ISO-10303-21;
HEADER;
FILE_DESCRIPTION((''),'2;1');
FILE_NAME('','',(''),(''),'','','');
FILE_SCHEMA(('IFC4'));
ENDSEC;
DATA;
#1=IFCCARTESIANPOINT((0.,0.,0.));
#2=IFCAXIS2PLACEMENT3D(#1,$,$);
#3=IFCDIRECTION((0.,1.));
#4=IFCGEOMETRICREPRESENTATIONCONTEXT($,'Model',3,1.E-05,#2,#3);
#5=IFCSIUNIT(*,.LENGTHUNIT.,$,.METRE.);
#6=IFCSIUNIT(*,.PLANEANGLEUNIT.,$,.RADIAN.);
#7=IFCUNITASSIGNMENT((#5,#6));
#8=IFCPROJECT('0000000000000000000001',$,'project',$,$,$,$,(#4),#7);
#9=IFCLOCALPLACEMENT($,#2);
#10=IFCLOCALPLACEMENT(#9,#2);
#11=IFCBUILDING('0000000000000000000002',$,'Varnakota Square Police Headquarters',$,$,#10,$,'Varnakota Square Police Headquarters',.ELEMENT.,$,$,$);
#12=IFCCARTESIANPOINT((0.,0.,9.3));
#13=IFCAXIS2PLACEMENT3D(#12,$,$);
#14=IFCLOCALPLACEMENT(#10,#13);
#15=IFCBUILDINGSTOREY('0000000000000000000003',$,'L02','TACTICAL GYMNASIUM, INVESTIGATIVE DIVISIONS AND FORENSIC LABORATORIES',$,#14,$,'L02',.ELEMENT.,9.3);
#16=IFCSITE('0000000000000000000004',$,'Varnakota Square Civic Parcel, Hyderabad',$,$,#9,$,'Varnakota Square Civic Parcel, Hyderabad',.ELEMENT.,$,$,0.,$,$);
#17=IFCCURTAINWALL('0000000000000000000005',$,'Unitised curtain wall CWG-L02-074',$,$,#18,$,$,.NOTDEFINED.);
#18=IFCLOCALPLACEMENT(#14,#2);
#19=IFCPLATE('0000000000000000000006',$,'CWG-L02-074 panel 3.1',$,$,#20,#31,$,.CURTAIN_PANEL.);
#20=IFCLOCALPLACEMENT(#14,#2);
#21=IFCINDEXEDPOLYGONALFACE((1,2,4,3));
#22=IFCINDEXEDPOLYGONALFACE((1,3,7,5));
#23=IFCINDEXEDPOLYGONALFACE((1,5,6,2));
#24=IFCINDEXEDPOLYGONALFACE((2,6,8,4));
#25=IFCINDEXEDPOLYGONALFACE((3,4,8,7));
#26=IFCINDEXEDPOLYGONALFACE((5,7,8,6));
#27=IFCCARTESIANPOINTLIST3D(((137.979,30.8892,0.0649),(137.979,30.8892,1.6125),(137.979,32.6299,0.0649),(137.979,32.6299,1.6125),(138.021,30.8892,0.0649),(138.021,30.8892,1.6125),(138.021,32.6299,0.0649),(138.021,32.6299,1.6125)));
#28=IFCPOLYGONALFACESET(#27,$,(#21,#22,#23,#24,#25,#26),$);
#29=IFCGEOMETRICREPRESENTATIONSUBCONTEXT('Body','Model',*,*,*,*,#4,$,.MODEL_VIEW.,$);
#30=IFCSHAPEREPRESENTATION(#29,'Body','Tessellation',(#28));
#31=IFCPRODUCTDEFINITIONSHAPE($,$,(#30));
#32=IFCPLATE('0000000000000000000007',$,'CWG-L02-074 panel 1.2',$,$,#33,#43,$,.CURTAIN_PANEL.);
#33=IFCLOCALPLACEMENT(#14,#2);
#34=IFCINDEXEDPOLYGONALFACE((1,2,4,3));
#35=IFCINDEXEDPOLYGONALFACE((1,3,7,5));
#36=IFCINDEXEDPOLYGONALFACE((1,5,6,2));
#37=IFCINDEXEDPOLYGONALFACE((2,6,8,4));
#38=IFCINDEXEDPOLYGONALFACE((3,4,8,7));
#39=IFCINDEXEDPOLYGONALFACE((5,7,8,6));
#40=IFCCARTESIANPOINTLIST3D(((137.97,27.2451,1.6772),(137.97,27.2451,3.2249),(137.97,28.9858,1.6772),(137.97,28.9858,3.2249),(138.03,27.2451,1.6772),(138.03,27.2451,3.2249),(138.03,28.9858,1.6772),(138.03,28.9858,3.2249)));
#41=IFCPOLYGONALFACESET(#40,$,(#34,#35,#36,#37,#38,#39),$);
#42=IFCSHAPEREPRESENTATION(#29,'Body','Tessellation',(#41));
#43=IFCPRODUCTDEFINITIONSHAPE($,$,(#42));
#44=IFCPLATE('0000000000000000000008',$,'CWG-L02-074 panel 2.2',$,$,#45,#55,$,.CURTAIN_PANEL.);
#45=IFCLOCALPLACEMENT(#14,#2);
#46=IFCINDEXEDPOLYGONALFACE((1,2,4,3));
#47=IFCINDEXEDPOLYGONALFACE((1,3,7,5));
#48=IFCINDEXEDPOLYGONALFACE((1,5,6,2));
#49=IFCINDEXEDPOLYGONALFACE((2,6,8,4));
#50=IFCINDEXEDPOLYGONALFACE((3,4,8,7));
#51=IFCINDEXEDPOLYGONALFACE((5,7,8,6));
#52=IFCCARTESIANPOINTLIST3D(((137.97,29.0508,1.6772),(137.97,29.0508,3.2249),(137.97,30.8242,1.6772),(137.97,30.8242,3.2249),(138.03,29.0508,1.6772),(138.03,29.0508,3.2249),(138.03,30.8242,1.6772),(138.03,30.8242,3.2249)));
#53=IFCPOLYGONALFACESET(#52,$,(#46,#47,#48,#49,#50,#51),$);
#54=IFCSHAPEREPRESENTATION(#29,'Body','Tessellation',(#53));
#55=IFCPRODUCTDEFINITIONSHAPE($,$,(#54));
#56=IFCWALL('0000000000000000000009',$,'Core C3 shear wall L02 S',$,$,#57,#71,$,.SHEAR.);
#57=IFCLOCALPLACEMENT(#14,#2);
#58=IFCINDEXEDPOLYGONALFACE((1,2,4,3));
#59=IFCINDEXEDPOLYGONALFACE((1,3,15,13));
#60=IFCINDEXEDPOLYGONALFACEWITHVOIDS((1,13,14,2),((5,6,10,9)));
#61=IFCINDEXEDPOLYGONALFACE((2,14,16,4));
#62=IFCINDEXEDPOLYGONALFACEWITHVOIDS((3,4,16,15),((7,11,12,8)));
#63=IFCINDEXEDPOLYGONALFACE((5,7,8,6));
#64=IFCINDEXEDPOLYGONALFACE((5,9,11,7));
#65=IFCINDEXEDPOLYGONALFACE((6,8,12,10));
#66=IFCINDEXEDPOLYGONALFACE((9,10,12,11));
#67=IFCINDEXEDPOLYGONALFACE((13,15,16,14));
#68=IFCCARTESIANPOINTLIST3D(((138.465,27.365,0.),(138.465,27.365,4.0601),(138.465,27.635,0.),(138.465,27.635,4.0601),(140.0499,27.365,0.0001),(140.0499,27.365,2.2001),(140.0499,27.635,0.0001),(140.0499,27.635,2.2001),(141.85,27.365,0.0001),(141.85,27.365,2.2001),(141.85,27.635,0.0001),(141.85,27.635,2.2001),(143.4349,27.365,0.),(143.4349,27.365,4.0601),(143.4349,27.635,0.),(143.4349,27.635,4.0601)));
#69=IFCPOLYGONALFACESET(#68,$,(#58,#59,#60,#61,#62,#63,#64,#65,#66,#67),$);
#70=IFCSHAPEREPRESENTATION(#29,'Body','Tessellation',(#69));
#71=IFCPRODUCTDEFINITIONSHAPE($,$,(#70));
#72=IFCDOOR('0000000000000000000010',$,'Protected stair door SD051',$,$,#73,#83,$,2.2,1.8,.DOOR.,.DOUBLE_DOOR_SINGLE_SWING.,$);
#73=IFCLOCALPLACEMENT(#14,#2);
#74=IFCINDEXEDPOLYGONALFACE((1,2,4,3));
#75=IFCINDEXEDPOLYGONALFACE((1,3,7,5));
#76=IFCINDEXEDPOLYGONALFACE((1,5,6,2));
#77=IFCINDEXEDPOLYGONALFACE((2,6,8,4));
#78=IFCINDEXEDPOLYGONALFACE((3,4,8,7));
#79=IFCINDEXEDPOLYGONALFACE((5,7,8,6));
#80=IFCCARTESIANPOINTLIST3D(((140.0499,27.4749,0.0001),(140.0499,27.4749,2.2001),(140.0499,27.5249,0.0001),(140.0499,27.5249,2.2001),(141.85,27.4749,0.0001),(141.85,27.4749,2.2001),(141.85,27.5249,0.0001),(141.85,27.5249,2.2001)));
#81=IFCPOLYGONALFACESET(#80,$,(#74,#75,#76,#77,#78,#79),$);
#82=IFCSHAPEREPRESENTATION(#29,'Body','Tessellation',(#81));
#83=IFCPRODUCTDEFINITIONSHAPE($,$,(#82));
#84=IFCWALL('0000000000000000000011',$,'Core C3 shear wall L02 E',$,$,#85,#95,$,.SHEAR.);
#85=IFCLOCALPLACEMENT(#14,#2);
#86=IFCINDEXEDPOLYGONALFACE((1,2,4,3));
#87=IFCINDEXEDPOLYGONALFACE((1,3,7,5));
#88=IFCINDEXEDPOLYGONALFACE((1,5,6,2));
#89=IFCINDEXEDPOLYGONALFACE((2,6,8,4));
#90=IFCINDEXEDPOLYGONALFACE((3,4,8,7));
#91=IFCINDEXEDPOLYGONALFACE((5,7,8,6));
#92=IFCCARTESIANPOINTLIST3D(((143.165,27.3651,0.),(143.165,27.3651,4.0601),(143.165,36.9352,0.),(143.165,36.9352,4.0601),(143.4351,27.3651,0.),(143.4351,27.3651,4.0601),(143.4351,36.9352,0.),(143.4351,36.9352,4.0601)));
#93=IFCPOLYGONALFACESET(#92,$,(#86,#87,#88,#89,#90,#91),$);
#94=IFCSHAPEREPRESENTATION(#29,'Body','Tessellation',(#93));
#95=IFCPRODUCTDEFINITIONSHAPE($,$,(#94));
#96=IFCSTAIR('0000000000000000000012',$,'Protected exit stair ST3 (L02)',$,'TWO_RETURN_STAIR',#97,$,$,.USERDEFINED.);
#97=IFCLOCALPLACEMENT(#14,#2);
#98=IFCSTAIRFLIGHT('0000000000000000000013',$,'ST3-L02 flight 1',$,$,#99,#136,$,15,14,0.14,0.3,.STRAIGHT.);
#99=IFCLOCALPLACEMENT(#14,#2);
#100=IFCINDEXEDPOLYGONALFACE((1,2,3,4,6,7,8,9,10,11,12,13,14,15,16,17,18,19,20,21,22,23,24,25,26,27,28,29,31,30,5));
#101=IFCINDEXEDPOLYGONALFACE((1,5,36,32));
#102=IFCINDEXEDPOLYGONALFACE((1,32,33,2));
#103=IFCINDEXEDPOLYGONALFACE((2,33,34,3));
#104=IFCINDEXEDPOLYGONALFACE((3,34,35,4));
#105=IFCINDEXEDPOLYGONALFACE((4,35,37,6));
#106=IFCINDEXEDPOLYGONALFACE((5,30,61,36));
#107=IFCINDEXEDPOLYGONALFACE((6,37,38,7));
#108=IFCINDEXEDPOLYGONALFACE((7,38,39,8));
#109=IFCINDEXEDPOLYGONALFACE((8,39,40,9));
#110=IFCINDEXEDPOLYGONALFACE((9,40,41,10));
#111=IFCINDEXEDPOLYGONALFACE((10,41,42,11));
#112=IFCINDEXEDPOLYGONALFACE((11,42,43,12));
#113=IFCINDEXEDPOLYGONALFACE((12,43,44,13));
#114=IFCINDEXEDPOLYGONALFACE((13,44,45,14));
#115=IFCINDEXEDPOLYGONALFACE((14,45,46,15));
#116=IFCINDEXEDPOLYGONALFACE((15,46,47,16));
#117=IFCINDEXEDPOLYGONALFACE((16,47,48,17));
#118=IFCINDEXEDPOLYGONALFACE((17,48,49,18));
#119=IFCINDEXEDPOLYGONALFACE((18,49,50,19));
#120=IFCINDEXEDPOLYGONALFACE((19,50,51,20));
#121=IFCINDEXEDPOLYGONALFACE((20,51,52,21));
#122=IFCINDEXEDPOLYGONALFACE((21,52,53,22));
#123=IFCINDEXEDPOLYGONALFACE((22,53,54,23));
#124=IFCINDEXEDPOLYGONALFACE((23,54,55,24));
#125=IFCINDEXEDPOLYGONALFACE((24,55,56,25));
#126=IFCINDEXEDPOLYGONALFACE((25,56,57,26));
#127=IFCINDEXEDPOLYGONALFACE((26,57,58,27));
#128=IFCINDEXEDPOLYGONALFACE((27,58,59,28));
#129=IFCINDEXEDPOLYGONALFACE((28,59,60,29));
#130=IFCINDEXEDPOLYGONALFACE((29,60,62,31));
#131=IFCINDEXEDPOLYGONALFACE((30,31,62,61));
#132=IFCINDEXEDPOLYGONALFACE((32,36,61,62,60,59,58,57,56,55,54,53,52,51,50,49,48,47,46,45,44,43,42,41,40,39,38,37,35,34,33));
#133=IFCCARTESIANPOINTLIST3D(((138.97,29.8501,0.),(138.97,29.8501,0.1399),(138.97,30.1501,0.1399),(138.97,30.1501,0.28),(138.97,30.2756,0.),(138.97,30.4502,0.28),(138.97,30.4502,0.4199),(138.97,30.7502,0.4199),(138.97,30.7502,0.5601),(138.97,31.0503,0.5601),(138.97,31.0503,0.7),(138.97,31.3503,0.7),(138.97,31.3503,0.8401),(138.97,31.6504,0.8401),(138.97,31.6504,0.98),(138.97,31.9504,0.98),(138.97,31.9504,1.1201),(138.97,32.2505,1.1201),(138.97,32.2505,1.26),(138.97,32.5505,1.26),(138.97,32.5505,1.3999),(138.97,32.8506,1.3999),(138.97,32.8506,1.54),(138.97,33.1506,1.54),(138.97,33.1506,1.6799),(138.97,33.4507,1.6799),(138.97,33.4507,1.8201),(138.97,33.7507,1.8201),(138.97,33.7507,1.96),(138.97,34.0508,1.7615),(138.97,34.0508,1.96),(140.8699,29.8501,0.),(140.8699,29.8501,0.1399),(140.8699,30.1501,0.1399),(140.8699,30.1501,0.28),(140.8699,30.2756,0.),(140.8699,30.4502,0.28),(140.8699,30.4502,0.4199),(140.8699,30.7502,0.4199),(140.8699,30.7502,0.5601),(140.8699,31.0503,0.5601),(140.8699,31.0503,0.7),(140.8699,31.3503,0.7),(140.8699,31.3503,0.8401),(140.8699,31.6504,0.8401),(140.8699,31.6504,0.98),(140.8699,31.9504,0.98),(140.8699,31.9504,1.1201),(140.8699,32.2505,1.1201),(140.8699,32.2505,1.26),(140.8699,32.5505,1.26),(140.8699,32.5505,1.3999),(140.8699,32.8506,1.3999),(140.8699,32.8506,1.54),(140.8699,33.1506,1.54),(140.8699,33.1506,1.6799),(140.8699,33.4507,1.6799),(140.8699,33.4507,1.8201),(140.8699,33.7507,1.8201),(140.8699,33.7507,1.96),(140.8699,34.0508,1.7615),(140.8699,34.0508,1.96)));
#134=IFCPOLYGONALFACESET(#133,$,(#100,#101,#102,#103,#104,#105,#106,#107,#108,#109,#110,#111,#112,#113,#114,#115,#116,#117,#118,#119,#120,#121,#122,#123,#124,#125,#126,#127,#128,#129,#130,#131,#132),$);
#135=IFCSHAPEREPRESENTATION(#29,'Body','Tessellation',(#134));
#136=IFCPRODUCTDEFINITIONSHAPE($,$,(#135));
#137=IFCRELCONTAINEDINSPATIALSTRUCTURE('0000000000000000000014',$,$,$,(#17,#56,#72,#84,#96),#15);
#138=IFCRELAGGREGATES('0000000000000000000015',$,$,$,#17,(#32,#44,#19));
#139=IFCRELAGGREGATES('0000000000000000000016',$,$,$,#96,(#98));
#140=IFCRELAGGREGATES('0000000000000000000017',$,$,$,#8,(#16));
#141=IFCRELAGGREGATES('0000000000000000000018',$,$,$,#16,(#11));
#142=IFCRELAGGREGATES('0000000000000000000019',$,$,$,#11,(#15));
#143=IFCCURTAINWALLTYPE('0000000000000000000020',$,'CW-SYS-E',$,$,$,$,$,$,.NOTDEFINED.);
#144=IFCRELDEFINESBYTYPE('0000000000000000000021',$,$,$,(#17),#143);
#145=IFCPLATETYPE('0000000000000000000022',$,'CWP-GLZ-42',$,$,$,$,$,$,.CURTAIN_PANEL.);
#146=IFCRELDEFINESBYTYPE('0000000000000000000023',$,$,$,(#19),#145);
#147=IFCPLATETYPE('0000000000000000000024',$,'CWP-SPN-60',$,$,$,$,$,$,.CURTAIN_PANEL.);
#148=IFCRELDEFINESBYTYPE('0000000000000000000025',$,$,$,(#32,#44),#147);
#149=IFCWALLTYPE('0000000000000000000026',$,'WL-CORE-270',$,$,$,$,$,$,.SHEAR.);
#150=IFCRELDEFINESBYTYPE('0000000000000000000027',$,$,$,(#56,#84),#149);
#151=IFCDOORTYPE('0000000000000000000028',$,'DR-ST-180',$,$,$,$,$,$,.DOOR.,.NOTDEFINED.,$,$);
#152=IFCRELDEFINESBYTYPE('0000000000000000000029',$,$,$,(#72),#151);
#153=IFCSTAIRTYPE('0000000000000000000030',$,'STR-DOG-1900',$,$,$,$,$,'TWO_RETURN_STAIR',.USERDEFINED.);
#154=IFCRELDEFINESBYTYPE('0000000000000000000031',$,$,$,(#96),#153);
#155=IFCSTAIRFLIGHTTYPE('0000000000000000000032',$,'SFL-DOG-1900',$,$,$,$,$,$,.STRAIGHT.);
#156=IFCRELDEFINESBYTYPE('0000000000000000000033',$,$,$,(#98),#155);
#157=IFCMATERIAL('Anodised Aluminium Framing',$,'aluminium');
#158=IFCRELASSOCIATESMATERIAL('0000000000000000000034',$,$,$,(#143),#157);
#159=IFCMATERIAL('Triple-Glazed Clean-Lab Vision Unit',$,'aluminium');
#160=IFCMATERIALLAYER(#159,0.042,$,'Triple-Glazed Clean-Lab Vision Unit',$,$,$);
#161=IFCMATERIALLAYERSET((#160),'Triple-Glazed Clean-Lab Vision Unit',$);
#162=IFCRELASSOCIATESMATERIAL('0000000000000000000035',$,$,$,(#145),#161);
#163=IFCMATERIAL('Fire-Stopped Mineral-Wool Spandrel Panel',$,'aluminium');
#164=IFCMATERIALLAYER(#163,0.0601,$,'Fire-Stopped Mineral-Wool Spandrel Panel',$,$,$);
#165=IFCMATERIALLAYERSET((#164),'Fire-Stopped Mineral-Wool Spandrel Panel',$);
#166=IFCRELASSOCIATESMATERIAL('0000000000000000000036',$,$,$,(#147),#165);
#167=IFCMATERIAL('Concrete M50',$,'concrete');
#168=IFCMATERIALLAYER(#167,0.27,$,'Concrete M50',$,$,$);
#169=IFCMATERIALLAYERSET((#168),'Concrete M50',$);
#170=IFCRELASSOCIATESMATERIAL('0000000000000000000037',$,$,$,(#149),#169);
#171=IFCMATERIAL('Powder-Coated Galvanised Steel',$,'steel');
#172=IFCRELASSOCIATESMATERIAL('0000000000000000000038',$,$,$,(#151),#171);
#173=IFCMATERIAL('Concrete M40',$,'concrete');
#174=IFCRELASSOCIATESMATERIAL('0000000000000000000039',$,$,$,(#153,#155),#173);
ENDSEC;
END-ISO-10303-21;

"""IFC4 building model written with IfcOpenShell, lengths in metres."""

from ifc_helpers import new_model, si_unit, direction, frame, frame_2d, origin, origin_2d, place, context, subcontext, project, spatial, polyline, rectangle, outline, extrude, material, layer, layer_set, type_object, element, fill, aggregate, save


model = new_model("IFC4")

# Units and contexts
model_context = context("Model", 3, precision=1e-05, world=origin(), true_north=direction((0.0, 1.0)))
body_context = subcontext(model_context, "Body", "Model", "MODEL_VIEW")
ifc_project = project(units=[si_unit("LENGTHUNIT", "METRE"), si_unit("PLANEANGLEUNIT", "RADIAN")], contexts=[model_context])

# Site, building, storey
site_placement = place(None, origin())
site = spatial("IfcSite", under=ifc_project, at=site_placement, Name="Varnakota Square Civic Parcel, Hyderabad", LongName="Varnakota Square Civic Parcel, Hyderabad", CompositionType="ELEMENT", RefElevation=0.0)
building_placement = place(site_placement, origin())
building = spatial("IfcBuilding", under=site, at=building_placement, Name="Varnakota Square Police Headquarters", LongName="Varnakota Square Police Headquarters", CompositionType="ELEMENT")
storey_placement = place(building_placement, frame((0.0, 0.0, 9.3)))
storey = spatial("IfcBuildingStorey", under=building, at=storey_placement, Name="L02", Description="TACTICAL GYMNASIUM, INVESTIGATIVE DIVISIONS AND FORENSIC LABORATORIES", LongName="L02", CompositionType="ELEMENT", Elevation=9.3)

# Curtain wall, plates
ifc_material_1 = material(Name="Anodised Aluminium Framing", Category="aluminium")
curtain_wall_type = type_object("IfcCurtainWallType", Name="CW-SYS-E", PredefinedType="NOTDEFINED", material=ifc_material_1)
curtain_wall_placement = place(storey_placement, origin())
curtain_wall = element("IfcCurtainWall", 1, at=curtain_wall_placement, inside=storey, type_object=curtain_wall_type, Name="Unitised curtain wall CWG-L02-074", PredefinedType="NOTDEFINED")
ifc_material_2 = material(Name="Triple-Glazed Clean-Lab Vision Unit", Category="aluminium")
ifc_layer_1 = layer(ifc_material_2, 0.042, Name="Triple-Glazed Clean-Lab Vision Unit")
ifc_layer_set_1 = layer_set([ifc_layer_1], Name="Triple-Glazed Clean-Lab Vision Unit")
plate_type_1 = type_object("IfcPlateType", Name="CWP-GLZ-42", PredefinedType="CURTAIN_PANEL", material=ifc_layer_set_1)
plate_1_placement = place(storey_placement, frame((138.0, 31.7595, 0.0649), z_axis=(0.0, 0.0, 1.0), x_axis=(0.0, 1.0, 0.0)))
plate_1 = element("IfcPlate", 2, at=plate_1_placement, type_object=plate_type_1, Name="CWG-L02-074 panel 3.1", PredefinedType="CURTAIN_PANEL", context=body_context, shape_type="SweptSolid", body=[
    extrude(rectangle(XDim=1.7407, YDim=0.042, at=origin_2d()), origin(), (0.0, 0.0, 1.0), 1.5476),
])
ifc_material_3 = material(Name="Fire-Stopped Mineral-Wool Spandrel Panel", Category="aluminium")
ifc_layer_2 = layer(ifc_material_3, 0.0601, Name="Fire-Stopped Mineral-Wool Spandrel Panel")
ifc_layer_set_2 = layer_set([ifc_layer_2], Name="Fire-Stopped Mineral-Wool Spandrel Panel")
plate_type_2 = type_object("IfcPlateType", Name="CWP-SPN-60", PredefinedType="CURTAIN_PANEL", material=ifc_layer_set_2)
plate_2_placement = place(storey_placement, frame((138.0, 28.1155, 1.6772), z_axis=(0.0, 0.0, 1.0), x_axis=(0.0, 1.0, 0.0)))
plate_2 = element("IfcPlate", 3, at=plate_2_placement, type_object=plate_type_2, Name="CWG-L02-074 panel 1.2", PredefinedType="CURTAIN_PANEL", context=body_context, shape_type="SweptSolid", body=[
    extrude(rectangle(XDim=1.7407, YDim=0.0601, at=origin_2d()), origin(), (0.0, 0.0, 1.0), 1.5476),
])
plate_3_placement = place(storey_placement, frame((138.0, 29.9375, 1.6772), z_axis=(0.0, 0.0, 1.0), x_axis=(0.0, 1.0, 0.0)))
plate_3 = element("IfcPlate", 4, at=plate_3_placement, type_object=plate_type_2, Name="CWG-L02-074 panel 2.2", PredefinedType="CURTAIN_PANEL", context=body_context, shape_type="SweptSolid", body=[
    extrude(rectangle(XDim=1.7734, YDim=0.0601, at=origin_2d()), origin(), (0.0, 0.0, 1.0), 1.5476),
])
aggregate(curtain_wall, [plate_2, plate_3, plate_1])

# Wall, opening, door
ifc_material_4 = material(Name="Concrete M50", Category="concrete")
ifc_layer_3 = layer(ifc_material_4, 0.27, Name="Concrete M50")
ifc_layer_set_3 = layer_set([ifc_layer_3], Name="Concrete M50")
wall_type = type_object("IfcWallType", Name="WL-CORE-270", PredefinedType="SHEAR", material=ifc_layer_set_3)
wall_1_placement = place(storey_placement, frame((138.4651, 27.5, 0.0), z_axis=(0.0, 0.0, 1.0), x_axis=(1.0, 0.0, 0.0)))
wall_1 = element("IfcWall", 5, at=wall_1_placement, inside=storey, type_object=wall_type, Name="Core C3 shear wall L02 S", PredefinedType="SHEAR", context=body_context, shape_type="SweptSolid", body=[
    extrude(rectangle(XDim=4.97, YDim=0.27, at=frame_2d((2.4849, 0.0))), origin(), (0.0, 0.0, 1.0), 4.0601),
])
opening_placement = place(wall_1_placement, frame((1.585, 0.0, 0.0)))
opening = element("IfcOpeningElement", 6, at=opening_placement, cuts=wall_1, PredefinedType="OPENING", context=body_context, shape_type="SweptSolid", body=[
    extrude(rectangle(XDim=1.8, YDim=2.2, at=frame_2d((0.8999, 1.1001))), frame((0.0, 0.145, 0.0), z_axis=(0.0, -1.0, 0.0), x_axis=(1.0, 0.0, 0.0)), (0.0, 0.0, 1.0), 0.29),
])
ifc_material_5 = material(Name="Powder-Coated Galvanised Steel", Category="steel")
door_type = type_object("IfcDoorType", Name="DR-ST-180", OperationType="NOTDEFINED", PredefinedType="DOOR", material=ifc_material_5)
door_placement = place(opening_placement, origin())
door = element("IfcDoor", 7, at=door_placement, inside=storey, type_object=door_type, Name="Protected stair door SD051", OperationType="DOUBLE_DOOR_SINGLE_SWING", OverallHeight=2.2, OverallWidth=1.8, PredefinedType="DOOR", context=body_context, shape_type="SweptSolid", body=[
    extrude(rectangle(XDim=1.8, YDim=2.2, at=frame_2d((0.8999, 1.1001))), frame((0.0, 0.0249, 0.0), z_axis=(0.0, -1.0, 0.0), x_axis=(1.0, 0.0, 0.0)), (0.0, 0.0, 1.0), 0.05),
])
fill(opening, door)

# Wall
wall_2_placement = place(storey_placement, frame((143.3, 27.365, 0.0), z_axis=(0.0, 0.0, 1.0), x_axis=(0.0, 1.0, 0.0)))
element("IfcWall", 8, at=wall_2_placement, inside=storey, type_object=wall_type, Name="Core C3 shear wall L02 E", PredefinedType="SHEAR", context=body_context, shape_type="SweptSolid", body=[
    extrude(rectangle(XDim=9.5701, YDim=0.27, at=frame_2d((4.7852, 0.0))), origin(), (0.0, 0.0, 1.0), 4.0601),
])

# Stair, stair flight
ifc_material_6 = material(Name="Concrete M40", Category="concrete")
stair_type = type_object("IfcStairType", Name="STR-DOG-1900", ElementType="TWO_RETURN_STAIR", PredefinedType="USERDEFINED", material=ifc_material_6)
stair_placement = place(storey_placement, origin())
stair = element("IfcStair", 9, at=stair_placement, inside=storey, type_object=stair_type, Name="Protected exit stair ST3 (L02)", ObjectType="TWO_RETURN_STAIR", PredefinedType="USERDEFINED")
stair_flight_type = type_object("IfcStairFlightType", Name="SFL-DOG-1900", PredefinedType="STRAIGHT", material=ifc_material_6)
stair_flight_placement = place(storey_placement, frame((139.9199, 29.8501, 0.0), z_axis=(0.0, 0.0, 1.0), x_axis=(0.0, 1.0, 0.0)))
stair_flight = element("IfcStairFlight", 10, at=stair_flight_placement, type_object=stair_flight_type, Name="ST3-L02 flight 1", NumberOfRisers=15, NumberOfTreads=14, PredefinedType="STRAIGHT", RiserHeight=0.14, TreadLength=0.3, context=body_context, shape_type="SweptSolid", body=[
    extrude(outline(polyline([(0.0, 0.0), (0.0, 0.1399), (0.3, 0.1399), (0.3, 0.28), (0.6001, 0.28), (0.6001, 0.4199), (0.9001, 0.4199), (0.9001, 0.5601), (1.2002, 0.5601), (1.2002, 0.7), (1.5002, 0.7), (1.5002, 0.8401), (1.8003, 0.8401), (1.8003, 0.98), (2.1003, 0.98), (2.1003, 1.1201), (2.4004, 1.1201), (2.4004, 1.26), (2.7004, 1.26), (2.7004, 1.3999), (3.0005, 1.3999), (3.0005, 1.54), (3.3005, 1.54), (3.3005, 1.6799), (3.6006, 1.6799), (3.6006, 1.8201), (3.9006, 1.8201), (3.9006, 1.96), (4.2007, 1.96), (4.2007, 2.1001), (4.2007, 1.7615), (0.4255, 0.0), (0.0, 0.0)])), frame((0.0, 0.95, 0.0), z_axis=(0.0, -1.0, 0.0), x_axis=(1.0, 0.0, 0.0)), (0.0, 0.0, 1.0), 1.8999),
])
aggregate(stair, [stair_flight])

save(model, "model.ifc")
